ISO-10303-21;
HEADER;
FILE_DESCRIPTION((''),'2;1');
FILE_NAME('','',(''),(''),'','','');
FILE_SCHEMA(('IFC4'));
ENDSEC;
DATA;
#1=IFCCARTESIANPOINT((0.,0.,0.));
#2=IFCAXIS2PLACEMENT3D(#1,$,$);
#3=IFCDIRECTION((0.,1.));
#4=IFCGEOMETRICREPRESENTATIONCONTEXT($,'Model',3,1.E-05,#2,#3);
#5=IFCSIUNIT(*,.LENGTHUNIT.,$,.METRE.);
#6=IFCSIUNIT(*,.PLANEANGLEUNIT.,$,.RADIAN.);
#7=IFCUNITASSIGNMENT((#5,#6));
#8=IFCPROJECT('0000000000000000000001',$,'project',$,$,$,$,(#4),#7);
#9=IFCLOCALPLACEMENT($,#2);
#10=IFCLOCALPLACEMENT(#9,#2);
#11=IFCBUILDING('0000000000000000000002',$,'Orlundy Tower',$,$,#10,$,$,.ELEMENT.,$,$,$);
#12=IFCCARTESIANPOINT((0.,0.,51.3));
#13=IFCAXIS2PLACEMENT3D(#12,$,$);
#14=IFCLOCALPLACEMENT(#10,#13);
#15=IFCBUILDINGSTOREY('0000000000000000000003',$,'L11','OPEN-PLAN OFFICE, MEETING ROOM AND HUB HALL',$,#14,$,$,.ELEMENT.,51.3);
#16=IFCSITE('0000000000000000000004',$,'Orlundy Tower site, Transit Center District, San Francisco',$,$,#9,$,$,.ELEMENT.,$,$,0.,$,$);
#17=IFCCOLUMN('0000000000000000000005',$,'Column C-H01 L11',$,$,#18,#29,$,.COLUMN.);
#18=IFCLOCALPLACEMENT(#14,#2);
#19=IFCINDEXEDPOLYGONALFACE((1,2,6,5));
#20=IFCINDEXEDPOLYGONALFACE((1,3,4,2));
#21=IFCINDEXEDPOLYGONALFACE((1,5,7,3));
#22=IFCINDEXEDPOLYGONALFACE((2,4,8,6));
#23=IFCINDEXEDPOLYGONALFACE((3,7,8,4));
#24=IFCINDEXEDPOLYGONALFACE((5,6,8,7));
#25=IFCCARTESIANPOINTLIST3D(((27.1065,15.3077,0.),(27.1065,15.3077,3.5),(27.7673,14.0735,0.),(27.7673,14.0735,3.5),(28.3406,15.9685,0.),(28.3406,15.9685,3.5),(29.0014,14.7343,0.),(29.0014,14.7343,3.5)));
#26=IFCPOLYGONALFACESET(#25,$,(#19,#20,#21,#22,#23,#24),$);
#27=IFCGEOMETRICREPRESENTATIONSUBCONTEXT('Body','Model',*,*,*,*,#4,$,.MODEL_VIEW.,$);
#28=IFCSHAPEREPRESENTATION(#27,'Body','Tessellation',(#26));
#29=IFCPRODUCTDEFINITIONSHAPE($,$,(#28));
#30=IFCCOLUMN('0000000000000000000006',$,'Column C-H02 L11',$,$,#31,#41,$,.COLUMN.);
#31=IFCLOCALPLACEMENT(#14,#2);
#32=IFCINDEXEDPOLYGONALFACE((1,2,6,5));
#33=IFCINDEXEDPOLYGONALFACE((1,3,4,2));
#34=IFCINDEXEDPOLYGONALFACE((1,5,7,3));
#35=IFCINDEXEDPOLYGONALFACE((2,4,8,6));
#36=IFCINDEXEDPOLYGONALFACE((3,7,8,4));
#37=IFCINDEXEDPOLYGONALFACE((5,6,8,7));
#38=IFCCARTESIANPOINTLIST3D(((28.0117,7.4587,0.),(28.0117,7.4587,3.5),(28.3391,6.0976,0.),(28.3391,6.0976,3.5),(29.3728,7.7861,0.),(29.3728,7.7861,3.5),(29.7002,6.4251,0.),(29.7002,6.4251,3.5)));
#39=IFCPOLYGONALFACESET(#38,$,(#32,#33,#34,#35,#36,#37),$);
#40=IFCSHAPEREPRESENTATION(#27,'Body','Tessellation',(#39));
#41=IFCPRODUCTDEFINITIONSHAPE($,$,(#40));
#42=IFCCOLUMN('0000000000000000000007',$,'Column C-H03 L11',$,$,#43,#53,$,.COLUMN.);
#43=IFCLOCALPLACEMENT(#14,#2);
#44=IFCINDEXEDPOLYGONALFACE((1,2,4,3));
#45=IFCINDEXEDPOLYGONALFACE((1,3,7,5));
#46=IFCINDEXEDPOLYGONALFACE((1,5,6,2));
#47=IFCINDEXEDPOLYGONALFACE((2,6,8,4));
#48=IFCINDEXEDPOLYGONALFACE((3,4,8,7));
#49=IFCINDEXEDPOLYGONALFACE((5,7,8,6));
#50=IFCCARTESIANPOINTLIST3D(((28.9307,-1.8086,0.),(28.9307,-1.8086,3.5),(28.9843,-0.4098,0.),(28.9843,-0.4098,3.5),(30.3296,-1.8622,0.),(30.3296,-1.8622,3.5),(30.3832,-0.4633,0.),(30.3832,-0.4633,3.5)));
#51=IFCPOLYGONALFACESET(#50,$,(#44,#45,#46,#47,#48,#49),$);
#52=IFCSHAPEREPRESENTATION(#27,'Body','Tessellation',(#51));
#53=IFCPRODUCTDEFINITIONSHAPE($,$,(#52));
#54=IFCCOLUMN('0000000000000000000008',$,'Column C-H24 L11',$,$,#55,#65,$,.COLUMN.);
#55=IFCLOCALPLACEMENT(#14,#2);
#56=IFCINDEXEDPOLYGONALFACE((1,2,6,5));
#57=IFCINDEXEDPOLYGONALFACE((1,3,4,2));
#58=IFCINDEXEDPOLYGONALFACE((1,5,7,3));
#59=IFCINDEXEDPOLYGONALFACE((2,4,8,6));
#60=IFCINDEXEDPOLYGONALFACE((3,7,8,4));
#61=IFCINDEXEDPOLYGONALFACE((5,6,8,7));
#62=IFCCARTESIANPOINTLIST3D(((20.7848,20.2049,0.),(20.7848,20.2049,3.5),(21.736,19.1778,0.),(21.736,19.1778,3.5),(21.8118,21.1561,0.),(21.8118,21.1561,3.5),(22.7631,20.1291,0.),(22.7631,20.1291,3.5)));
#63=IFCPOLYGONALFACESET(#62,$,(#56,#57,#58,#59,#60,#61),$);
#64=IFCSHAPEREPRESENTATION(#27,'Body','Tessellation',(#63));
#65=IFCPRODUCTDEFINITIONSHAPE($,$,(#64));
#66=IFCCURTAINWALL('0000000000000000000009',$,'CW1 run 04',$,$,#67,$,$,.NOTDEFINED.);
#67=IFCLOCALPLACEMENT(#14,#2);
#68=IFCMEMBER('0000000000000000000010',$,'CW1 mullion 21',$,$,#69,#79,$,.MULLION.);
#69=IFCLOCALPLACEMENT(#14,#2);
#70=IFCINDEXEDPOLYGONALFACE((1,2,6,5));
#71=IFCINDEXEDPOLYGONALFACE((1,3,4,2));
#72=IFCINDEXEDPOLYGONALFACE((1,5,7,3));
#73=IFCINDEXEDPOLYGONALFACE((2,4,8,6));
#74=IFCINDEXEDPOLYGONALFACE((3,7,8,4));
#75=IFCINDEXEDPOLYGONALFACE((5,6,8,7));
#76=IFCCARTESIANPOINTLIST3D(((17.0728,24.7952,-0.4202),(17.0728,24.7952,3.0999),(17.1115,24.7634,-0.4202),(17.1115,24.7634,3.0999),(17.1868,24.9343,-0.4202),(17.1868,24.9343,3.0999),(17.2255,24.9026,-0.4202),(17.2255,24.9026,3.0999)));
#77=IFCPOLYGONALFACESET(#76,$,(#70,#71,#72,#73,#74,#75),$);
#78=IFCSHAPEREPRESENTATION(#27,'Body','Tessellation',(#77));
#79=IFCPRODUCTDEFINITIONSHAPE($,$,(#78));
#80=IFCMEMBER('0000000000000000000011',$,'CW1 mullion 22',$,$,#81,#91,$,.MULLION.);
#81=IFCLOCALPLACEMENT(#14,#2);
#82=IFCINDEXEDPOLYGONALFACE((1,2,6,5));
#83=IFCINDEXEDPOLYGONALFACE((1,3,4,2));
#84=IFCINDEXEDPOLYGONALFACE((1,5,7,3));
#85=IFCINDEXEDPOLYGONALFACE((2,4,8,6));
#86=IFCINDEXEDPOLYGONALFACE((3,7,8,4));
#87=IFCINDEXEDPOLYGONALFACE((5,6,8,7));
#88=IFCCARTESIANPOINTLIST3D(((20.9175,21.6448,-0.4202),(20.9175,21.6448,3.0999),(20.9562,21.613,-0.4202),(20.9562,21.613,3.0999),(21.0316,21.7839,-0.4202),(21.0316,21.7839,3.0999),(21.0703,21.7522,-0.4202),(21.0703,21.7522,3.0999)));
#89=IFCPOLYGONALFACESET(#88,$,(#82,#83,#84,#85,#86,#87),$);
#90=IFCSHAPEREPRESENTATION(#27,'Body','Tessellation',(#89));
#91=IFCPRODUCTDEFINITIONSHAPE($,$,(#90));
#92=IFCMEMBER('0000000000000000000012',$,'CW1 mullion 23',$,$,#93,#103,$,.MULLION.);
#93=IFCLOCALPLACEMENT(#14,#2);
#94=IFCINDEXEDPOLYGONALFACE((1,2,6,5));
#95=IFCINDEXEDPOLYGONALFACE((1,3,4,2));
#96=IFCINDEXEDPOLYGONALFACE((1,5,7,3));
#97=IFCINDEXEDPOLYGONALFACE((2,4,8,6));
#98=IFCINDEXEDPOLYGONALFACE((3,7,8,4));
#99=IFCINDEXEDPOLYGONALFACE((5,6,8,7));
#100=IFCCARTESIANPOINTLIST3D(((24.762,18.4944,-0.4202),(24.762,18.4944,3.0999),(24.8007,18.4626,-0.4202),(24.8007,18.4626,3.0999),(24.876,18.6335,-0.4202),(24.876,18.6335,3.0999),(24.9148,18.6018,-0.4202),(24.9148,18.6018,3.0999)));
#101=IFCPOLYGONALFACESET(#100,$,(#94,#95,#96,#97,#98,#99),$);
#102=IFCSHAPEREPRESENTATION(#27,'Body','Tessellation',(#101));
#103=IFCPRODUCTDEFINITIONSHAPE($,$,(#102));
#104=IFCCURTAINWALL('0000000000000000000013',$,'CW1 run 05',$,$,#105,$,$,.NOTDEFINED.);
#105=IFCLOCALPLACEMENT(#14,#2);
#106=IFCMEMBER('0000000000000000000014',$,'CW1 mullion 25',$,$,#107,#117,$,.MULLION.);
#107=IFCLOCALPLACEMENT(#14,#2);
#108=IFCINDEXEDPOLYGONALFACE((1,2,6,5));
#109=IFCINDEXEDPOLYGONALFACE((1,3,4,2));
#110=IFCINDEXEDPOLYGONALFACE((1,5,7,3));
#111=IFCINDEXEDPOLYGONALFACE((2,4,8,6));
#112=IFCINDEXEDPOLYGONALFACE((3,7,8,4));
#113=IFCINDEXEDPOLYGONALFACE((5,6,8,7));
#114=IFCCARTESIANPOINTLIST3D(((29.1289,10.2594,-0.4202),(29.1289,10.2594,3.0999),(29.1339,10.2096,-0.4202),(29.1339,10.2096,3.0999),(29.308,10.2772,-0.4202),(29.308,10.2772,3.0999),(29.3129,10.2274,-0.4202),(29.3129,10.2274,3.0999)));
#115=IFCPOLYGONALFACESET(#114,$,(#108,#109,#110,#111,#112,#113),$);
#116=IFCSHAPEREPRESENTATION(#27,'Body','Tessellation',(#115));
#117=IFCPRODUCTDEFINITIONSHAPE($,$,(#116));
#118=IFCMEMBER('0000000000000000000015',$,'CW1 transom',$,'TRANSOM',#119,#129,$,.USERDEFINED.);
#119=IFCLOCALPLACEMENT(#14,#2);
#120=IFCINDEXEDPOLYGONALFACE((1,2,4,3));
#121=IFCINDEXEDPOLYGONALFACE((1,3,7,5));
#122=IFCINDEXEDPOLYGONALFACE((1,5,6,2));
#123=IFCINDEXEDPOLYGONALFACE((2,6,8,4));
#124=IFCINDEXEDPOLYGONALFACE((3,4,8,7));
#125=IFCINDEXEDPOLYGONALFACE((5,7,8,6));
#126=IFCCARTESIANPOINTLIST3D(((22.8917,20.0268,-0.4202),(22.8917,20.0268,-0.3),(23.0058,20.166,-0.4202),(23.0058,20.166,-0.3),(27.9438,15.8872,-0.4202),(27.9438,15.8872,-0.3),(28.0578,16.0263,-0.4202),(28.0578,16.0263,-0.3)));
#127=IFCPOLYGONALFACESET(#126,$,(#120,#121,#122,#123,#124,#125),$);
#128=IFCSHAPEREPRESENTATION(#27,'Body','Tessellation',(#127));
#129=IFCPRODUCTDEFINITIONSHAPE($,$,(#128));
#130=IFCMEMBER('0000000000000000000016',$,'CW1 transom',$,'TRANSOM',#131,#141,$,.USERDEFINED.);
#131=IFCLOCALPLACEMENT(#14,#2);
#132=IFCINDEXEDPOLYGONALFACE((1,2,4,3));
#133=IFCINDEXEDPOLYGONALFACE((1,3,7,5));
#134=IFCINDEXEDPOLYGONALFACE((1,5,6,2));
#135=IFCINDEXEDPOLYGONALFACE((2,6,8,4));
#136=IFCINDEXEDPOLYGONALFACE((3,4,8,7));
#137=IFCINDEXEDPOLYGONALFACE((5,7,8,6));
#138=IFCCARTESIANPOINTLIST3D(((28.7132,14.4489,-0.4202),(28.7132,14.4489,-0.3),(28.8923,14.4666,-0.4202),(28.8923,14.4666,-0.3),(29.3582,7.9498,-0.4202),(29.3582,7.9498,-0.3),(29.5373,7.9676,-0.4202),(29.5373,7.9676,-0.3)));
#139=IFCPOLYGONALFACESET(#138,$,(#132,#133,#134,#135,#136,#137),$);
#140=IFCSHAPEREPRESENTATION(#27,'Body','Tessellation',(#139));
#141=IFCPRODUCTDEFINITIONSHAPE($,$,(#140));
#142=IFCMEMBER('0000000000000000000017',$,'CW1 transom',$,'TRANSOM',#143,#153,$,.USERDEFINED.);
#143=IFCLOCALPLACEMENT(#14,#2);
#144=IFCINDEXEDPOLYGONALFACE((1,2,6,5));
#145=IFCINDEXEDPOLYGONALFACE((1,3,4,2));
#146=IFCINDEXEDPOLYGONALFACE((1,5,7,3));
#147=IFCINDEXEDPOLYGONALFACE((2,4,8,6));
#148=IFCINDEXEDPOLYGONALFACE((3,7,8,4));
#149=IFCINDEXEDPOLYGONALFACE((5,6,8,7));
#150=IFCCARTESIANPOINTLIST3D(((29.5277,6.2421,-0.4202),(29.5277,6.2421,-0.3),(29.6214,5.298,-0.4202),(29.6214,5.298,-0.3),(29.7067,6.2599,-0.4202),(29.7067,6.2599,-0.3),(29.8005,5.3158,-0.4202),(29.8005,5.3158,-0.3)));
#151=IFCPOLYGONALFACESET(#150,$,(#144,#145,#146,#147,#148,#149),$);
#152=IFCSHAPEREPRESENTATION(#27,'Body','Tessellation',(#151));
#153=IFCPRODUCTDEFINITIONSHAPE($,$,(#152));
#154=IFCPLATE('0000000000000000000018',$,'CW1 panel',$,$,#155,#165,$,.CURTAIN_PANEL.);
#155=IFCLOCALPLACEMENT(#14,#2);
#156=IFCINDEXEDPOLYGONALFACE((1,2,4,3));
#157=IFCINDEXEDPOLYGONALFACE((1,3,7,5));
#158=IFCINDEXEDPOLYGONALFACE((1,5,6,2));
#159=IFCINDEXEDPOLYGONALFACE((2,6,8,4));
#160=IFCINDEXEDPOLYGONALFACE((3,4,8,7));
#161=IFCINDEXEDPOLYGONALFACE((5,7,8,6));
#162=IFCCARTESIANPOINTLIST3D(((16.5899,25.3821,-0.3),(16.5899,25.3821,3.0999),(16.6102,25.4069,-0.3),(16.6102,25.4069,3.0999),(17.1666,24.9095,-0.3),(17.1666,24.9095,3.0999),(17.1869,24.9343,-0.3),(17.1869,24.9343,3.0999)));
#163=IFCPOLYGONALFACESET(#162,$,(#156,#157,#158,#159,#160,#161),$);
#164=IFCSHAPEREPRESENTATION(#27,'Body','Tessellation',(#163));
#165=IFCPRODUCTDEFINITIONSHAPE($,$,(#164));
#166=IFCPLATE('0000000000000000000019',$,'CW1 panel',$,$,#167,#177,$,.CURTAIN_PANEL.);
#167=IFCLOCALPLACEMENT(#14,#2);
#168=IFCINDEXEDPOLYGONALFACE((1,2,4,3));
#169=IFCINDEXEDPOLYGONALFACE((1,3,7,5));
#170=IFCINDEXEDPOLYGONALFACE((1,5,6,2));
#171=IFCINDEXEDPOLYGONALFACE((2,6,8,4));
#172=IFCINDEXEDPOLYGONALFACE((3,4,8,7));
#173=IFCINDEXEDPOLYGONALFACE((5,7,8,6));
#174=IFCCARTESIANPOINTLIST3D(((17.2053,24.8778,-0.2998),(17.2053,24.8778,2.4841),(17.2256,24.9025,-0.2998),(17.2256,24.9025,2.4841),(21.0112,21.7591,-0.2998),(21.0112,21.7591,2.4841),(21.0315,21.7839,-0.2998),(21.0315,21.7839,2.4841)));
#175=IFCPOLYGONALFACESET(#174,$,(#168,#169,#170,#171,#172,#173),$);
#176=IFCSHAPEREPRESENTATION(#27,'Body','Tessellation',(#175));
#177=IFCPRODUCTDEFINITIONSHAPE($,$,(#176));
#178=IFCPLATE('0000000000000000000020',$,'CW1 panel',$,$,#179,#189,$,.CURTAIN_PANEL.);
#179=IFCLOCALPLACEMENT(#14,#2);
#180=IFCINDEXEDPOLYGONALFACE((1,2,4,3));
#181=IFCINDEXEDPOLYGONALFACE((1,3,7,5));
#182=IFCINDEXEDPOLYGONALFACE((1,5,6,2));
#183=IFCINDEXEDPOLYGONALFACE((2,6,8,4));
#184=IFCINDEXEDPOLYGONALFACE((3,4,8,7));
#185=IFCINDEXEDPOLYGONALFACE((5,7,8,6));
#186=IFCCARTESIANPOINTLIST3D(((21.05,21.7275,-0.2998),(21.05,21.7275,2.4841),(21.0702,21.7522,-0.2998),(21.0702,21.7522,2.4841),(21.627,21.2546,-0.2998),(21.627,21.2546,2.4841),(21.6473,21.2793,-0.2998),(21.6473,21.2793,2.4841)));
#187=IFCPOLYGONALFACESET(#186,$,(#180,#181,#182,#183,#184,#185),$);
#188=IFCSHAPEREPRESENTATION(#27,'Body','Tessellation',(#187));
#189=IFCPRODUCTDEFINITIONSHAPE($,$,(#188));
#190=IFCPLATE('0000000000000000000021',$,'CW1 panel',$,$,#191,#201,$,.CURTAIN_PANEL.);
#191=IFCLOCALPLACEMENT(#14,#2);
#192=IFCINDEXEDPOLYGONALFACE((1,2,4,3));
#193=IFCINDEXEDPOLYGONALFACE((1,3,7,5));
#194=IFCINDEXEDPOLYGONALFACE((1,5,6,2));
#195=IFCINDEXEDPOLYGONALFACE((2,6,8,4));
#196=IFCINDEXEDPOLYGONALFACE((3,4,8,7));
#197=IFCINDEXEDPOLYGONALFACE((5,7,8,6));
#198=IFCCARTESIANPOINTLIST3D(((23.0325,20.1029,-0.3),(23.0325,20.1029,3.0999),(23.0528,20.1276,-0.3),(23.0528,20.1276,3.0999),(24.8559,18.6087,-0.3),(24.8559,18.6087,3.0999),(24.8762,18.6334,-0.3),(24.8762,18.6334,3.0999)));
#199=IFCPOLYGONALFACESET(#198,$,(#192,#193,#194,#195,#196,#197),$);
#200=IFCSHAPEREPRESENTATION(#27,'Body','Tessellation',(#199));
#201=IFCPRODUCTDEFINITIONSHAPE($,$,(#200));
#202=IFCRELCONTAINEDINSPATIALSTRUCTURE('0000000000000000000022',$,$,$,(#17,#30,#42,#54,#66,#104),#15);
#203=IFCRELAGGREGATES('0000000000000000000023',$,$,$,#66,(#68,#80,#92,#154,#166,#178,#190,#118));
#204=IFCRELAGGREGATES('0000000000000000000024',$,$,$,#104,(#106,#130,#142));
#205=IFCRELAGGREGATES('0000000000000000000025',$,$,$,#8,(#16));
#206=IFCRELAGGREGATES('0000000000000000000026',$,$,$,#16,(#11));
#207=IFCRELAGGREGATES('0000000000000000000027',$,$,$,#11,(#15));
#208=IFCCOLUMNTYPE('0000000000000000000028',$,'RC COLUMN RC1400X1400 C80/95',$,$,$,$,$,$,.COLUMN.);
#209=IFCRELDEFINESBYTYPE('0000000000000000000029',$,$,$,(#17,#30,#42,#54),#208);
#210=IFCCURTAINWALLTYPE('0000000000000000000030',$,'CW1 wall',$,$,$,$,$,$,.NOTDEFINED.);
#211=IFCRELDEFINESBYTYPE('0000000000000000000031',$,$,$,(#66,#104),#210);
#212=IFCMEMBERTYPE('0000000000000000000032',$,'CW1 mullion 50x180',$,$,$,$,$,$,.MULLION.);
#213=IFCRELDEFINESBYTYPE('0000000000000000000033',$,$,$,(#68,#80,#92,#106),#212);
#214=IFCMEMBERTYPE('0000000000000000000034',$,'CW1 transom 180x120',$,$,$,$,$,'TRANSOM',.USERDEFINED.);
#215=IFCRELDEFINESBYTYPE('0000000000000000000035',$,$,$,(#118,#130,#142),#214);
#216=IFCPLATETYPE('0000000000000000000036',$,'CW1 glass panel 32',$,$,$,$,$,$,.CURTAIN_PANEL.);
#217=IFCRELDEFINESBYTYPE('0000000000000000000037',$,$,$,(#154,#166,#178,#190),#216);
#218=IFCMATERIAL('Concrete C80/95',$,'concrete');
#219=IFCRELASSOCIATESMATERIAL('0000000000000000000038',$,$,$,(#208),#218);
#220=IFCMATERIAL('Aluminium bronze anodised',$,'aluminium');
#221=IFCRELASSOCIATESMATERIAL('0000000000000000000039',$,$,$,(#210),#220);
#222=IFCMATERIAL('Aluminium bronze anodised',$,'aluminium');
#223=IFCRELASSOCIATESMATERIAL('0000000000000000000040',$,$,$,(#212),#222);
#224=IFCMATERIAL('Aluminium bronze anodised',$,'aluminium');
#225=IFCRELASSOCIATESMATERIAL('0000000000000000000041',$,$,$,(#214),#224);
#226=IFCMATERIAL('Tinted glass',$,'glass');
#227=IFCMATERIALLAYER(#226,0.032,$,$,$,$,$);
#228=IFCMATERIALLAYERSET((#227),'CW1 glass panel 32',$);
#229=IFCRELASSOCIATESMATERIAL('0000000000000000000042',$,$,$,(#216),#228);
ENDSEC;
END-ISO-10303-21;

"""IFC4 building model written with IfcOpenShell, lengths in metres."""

from ifc_helpers import new_model, si_unit, direction, frame, origin, origin_2d, place, context, subcontext, project, spatial, rectangle, extrude, material, layer, layer_set, material_profile, profile_set, type_object, element, aggregate, save


model = new_model("IFC4")

# Units and contexts
model_context = context("Model", 3, precision=1e-05, world=origin(), true_north=direction((0.0, 1.0)))
body_context = subcontext(model_context, "Body", "Model", "MODEL_VIEW")
ifc_project = project(units=[si_unit("LENGTHUNIT", "METRE"), si_unit("PLANEANGLEUNIT", "RADIAN")], contexts=[model_context])

# Site, building, storey
site_placement = place(None, origin())
site = spatial("IfcSite", under=ifc_project, at=site_placement, Name="Orlundy Tower site, Transit Center District, San Francisco", CompositionType="ELEMENT", RefElevation=0.0)
building_placement = place(site_placement, origin())
building = spatial("IfcBuilding", under=site, at=building_placement, Name="Orlundy Tower", CompositionType="ELEMENT")
storey_placement = place(building_placement, frame((0.0, 0.0, 51.3)))
storey = spatial("IfcBuildingStorey", under=building, at=storey_placement, Name="L11", Description="OPEN-PLAN OFFICE, MEETING ROOM AND HUB HALL", CompositionType="ELEMENT", Elevation=51.3)

# Columns
ifc_material_1 = material(Name="Concrete C80/95", Category="concrete")
ifc_material_profile_1 = material_profile(ifc_material_1, rectangle(XDim=1.3999, YDim=1.3999, at=origin_2d()), Name="RC1400X1400")
ifc_profile_set_1 = profile_set([ifc_material_profile_1], Name="Concrete C80/95")
column_type = type_object("IfcColumnType", Name="RC COLUMN RC1400X1400 C80/95", PredefinedType="COLUMN", material=ifc_profile_set_1)
for number, where, z_axis, x_axis, name in (
    (1, (28.054, 15.021, 0.0), (0.0, 0.0, 1.0), (0.881584, 0.472028, 0.0), "Column C-H01 L11"),
    (2, (28.856, 6.9419, 0.0), (0.0, 0.0, 1.0), (0.97226, 0.233904, 0.0), "Column C-H02 L11"),
    (3, (29.657, -1.136, 0.0), (0.0, 0.0, 1.0), (0.999267, -0.038283, 0.0), "Column C-H03 L11"),
    (4, (21.7739, 20.167, 0.0), (0.0, 0.0, 1.0), (0.733659, 0.679518, 0.0), "Column C-H24 L11"),
):
    element("IfcColumn", number, at=place(storey_placement, frame(where, z_axis=z_axis, x_axis=x_axis)), inside=storey, type_object=column_type, Name=name, PredefinedType="COLUMN", context=body_context, shape_type="SweptSolid", body=[
        extrude(rectangle(XDim=1.3999, YDim=1.3999, at=origin_2d()), origin(), (0.0, 0.0, 1.0), 3.5),
    ])

# Curtain wall, members
ifc_material_2 = material(Name="Aluminium bronze anodised", Category="aluminium")
curtain_wall_type = type_object("IfcCurtainWallType", Name="CW1 wall", PredefinedType="NOTDEFINED", material=ifc_material_2)
curtain_wall_1_placement = place(storey_placement, origin())
curtain_wall_1 = element("IfcCurtainWall", 5, at=curtain_wall_1_placement, inside=storey, type_object=curtain_wall_type, Name="CW1 run 04", PredefinedType="NOTDEFINED")
ifc_material_3 = material(Name="Aluminium bronze anodised", Category="aluminium")
ifc_material_profile_2 = material_profile(ifc_material_3, rectangle(XDim=0.1799, YDim=0.05, at=origin_2d()), Name="CW1 mullion 50x180")
ifc_profile_set_2 = profile_set([ifc_material_profile_2], Name="Aluminium bronze anodised")
member_type_1 = type_object("IfcMemberType", Name="CW1 mullion 50x180", PredefinedType="MULLION", material=ifc_profile_set_2)
member_1_placement = place(storey_placement, frame((17.1492, 24.8489, -0.4202), z_axis=(0.0, 0.0, 1.0), x_axis=(0.633818, 0.773482, 0.0)))
member_1 = element("IfcMember", 6, at=member_1_placement, type_object=member_type_1, Name="CW1 mullion 21", PredefinedType="MULLION", context=body_context, shape_type="SweptSolid", body=[
    extrude(rectangle(XDim=0.1799, YDim=0.05, at=origin_2d()), origin(), (0.0, 0.0, 1.0), 3.52),
])
member_2_placement = place(storey_placement, frame((20.9939, 21.6985, -0.4202), z_axis=(0.0, 0.0, 1.0), x_axis=(0.633818, 0.773482, 0.0)))
member_2 = element("IfcMember", 7, at=member_2_placement, type_object=member_type_1, Name="CW1 mullion 22", PredefinedType="MULLION", context=body_context, shape_type="SweptSolid", body=[
    extrude(rectangle(XDim=0.1799, YDim=0.05, at=origin_2d()), origin(), (0.0, 0.0, 1.0), 3.52),
])
member_3_placement = place(storey_placement, frame((24.8384, 18.5481, -0.4202), z_axis=(0.0, 0.0, 1.0), x_axis=(0.633818, 0.773482, 0.0)))
member_3 = element("IfcMember", 8, at=member_3_placement, type_object=member_type_1, Name="CW1 mullion 23", PredefinedType="MULLION", context=body_context, shape_type="SweptSolid", body=[
    extrude(rectangle(XDim=0.1799, YDim=0.05, at=origin_2d()), origin(), (0.0, 0.0, 1.0), 3.52),
])

# Curtain wall, member
curtain_wall_2_placement = place(storey_placement, origin())
curtain_wall_2 = element("IfcCurtainWall", 9, at=curtain_wall_2_placement, inside=storey, type_object=curtain_wall_type, Name="CW1 run 05", PredefinedType="NOTDEFINED")
member_4_placement = place(storey_placement, frame((29.2209, 10.2434, -0.4202), z_axis=(0.0, 0.0, 1.0), x_axis=(0.995111, 0.098759, 0.0)))
member_4 = element("IfcMember", 10, at=member_4_placement, type_object=member_type_1, Name="CW1 mullion 25", PredefinedType="MULLION", context=body_context, shape_type="SweptSolid", body=[
    extrude(rectangle(XDim=0.1799, YDim=0.05, at=origin_2d()), origin(), (0.0, 0.0, 1.0), 3.52),
])

# Members
ifc_material_4 = material(Name="Aluminium bronze anodised", Category="aluminium")
ifc_material_profile_3 = material_profile(ifc_material_4, rectangle(XDim=0.1799, YDim=0.1201, at=origin_2d()), Name="CW1 transom 180x120")
ifc_profile_set_3 = profile_set([ifc_material_profile_3], Name="Aluminium bronze anodised")
member_type_2 = type_object("IfcMemberType", Name="CW1 transom 180x120", ElementType="TRANSOM", PredefinedType="USERDEFINED", material=ifc_profile_set_3)
member_5_placement = place(storey_placement, frame((22.9487, 20.0964, -0.3601), z_axis=(0.773492, -0.633806, 0.0), x_axis=(0.633806, 0.773492, 0.0)))
member_5 = element("IfcMember", 11, at=member_5_placement, type_object=member_type_2, Name="CW1 transom", ObjectType="TRANSOM", PredefinedType="USERDEFINED", context=body_context, shape_type="SweptSolid", body=[
    extrude(rectangle(XDim=0.1799, YDim=0.1201, at=origin_2d()), origin(), (0.0, 0.0, 1.0), 6.5315),
])
member_6_placement = place(storey_placement, frame((28.8027, 14.4578, -0.3601), z_axis=(0.098763, -0.995111, 0.0), x_axis=(0.995111, 0.098763, 0.0)))
member_6 = element("IfcMember", 12, at=member_6_placement, type_object=member_type_2, Name="CW1 transom", ObjectType="TRANSOM", PredefinedType="USERDEFINED", context=body_context, shape_type="SweptSolid", body=[
    extrude(rectangle(XDim=0.1799, YDim=0.1201, at=origin_2d()), origin(), (0.0, 0.0, 1.0), 6.531),
])
member_7_placement = place(storey_placement, frame((29.6172, 6.251, -0.3601), z_axis=(0.098816, -0.995106, 0.0), x_axis=(0.995106, 0.098816, 0.0)))
member_7 = element("IfcMember", 13, at=member_7_placement, type_object=member_type_2, Name="CW1 transom", ObjectType="TRANSOM", PredefinedType="USERDEFINED", context=body_context, shape_type="SweptSolid", body=[
    extrude(rectangle(XDim=0.1799, YDim=0.1201, at=origin_2d()), origin(), (0.0, 0.0, 1.0), 0.9487),
])

# Plates
ifc_material_5 = material(Name="Tinted glass", Category="glass")
ifc_layer_1 = layer(ifc_material_5, 0.032)
ifc_layer_set_1 = layer_set([ifc_layer_1], Name="CW1 glass panel 32")
plate_type = type_object("IfcPlateType", Name="CW1 glass panel 32", PredefinedType="CURTAIN_PANEL", material=ifc_layer_set_1)
plate_1_placement = place(storey_placement, frame((16.8884, 25.1582, -0.3), z_axis=(0.0, 0.0, 1.0), x_axis=(0.773482, -0.633818, 0.0)))
plate_1 = element("IfcPlate", 14, at=plate_1_placement, type_object=plate_type, Name="CW1 panel", PredefinedType="CURTAIN_PANEL", context=body_context, shape_type="SweptSolid", body=[
    extrude(rectangle(XDim=0.7456, YDim=0.032, at=origin_2d()), origin(), (0.0, 0.0, 1.0), 3.3999),
])
plate_2_placement = place(storey_placement, frame((19.1184, 23.3308, -0.2998), z_axis=(0.0, 0.0, 1.0), x_axis=(0.773482, -0.633818, 0.0)))
plate_2 = element("IfcPlate", 15, at=plate_2_placement, type_object=plate_type, Name="CW1 panel", PredefinedType="CURTAIN_PANEL", context=body_context, shape_type="SweptSolid", body=[
    extrude(rectangle(XDim=4.9204, YDim=0.032, at=origin_2d()), origin(), (0.0, 0.0, 1.0), 2.7839),
])
plate_3_placement = place(storey_placement, frame((21.3486, 21.5034, -0.2998), z_axis=(0.0, 0.0, 1.0), x_axis=(0.773482, -0.633818, 0.0)))
plate_3 = element("IfcPlate", 16, at=plate_3_placement, type_object=plate_type, Name="CW1 panel", PredefinedType="CURTAIN_PANEL", context=body_context, shape_type="SweptSolid", body=[
    extrude(rectangle(XDim=0.7461, YDim=0.032, at=origin_2d()), origin(), (0.0, 0.0, 1.0), 2.7839),
])
plate_4_placement = place(storey_placement, frame((23.9543, 19.3682, -0.3), z_axis=(0.0, 0.0, 1.0), x_axis=(0.773482, -0.633818, 0.0)))
plate_4 = element("IfcPlate", 17, at=plate_4_placement, type_object=plate_type, Name="CW1 panel", PredefinedType="CURTAIN_PANEL", context=body_context, shape_type="SweptSolid", body=[
    extrude(rectangle(XDim=2.3574, YDim=0.032, at=origin_2d()), origin(), (0.0, 0.0, 1.0), 3.3999),
])
aggregate(curtain_wall_1, [member_1, member_2, member_3, plate_1, plate_2, plate_3, plate_4, member_5])
aggregate(curtain_wall_2, [member_4, member_6, member_7])

save(model, "model.ifc")
